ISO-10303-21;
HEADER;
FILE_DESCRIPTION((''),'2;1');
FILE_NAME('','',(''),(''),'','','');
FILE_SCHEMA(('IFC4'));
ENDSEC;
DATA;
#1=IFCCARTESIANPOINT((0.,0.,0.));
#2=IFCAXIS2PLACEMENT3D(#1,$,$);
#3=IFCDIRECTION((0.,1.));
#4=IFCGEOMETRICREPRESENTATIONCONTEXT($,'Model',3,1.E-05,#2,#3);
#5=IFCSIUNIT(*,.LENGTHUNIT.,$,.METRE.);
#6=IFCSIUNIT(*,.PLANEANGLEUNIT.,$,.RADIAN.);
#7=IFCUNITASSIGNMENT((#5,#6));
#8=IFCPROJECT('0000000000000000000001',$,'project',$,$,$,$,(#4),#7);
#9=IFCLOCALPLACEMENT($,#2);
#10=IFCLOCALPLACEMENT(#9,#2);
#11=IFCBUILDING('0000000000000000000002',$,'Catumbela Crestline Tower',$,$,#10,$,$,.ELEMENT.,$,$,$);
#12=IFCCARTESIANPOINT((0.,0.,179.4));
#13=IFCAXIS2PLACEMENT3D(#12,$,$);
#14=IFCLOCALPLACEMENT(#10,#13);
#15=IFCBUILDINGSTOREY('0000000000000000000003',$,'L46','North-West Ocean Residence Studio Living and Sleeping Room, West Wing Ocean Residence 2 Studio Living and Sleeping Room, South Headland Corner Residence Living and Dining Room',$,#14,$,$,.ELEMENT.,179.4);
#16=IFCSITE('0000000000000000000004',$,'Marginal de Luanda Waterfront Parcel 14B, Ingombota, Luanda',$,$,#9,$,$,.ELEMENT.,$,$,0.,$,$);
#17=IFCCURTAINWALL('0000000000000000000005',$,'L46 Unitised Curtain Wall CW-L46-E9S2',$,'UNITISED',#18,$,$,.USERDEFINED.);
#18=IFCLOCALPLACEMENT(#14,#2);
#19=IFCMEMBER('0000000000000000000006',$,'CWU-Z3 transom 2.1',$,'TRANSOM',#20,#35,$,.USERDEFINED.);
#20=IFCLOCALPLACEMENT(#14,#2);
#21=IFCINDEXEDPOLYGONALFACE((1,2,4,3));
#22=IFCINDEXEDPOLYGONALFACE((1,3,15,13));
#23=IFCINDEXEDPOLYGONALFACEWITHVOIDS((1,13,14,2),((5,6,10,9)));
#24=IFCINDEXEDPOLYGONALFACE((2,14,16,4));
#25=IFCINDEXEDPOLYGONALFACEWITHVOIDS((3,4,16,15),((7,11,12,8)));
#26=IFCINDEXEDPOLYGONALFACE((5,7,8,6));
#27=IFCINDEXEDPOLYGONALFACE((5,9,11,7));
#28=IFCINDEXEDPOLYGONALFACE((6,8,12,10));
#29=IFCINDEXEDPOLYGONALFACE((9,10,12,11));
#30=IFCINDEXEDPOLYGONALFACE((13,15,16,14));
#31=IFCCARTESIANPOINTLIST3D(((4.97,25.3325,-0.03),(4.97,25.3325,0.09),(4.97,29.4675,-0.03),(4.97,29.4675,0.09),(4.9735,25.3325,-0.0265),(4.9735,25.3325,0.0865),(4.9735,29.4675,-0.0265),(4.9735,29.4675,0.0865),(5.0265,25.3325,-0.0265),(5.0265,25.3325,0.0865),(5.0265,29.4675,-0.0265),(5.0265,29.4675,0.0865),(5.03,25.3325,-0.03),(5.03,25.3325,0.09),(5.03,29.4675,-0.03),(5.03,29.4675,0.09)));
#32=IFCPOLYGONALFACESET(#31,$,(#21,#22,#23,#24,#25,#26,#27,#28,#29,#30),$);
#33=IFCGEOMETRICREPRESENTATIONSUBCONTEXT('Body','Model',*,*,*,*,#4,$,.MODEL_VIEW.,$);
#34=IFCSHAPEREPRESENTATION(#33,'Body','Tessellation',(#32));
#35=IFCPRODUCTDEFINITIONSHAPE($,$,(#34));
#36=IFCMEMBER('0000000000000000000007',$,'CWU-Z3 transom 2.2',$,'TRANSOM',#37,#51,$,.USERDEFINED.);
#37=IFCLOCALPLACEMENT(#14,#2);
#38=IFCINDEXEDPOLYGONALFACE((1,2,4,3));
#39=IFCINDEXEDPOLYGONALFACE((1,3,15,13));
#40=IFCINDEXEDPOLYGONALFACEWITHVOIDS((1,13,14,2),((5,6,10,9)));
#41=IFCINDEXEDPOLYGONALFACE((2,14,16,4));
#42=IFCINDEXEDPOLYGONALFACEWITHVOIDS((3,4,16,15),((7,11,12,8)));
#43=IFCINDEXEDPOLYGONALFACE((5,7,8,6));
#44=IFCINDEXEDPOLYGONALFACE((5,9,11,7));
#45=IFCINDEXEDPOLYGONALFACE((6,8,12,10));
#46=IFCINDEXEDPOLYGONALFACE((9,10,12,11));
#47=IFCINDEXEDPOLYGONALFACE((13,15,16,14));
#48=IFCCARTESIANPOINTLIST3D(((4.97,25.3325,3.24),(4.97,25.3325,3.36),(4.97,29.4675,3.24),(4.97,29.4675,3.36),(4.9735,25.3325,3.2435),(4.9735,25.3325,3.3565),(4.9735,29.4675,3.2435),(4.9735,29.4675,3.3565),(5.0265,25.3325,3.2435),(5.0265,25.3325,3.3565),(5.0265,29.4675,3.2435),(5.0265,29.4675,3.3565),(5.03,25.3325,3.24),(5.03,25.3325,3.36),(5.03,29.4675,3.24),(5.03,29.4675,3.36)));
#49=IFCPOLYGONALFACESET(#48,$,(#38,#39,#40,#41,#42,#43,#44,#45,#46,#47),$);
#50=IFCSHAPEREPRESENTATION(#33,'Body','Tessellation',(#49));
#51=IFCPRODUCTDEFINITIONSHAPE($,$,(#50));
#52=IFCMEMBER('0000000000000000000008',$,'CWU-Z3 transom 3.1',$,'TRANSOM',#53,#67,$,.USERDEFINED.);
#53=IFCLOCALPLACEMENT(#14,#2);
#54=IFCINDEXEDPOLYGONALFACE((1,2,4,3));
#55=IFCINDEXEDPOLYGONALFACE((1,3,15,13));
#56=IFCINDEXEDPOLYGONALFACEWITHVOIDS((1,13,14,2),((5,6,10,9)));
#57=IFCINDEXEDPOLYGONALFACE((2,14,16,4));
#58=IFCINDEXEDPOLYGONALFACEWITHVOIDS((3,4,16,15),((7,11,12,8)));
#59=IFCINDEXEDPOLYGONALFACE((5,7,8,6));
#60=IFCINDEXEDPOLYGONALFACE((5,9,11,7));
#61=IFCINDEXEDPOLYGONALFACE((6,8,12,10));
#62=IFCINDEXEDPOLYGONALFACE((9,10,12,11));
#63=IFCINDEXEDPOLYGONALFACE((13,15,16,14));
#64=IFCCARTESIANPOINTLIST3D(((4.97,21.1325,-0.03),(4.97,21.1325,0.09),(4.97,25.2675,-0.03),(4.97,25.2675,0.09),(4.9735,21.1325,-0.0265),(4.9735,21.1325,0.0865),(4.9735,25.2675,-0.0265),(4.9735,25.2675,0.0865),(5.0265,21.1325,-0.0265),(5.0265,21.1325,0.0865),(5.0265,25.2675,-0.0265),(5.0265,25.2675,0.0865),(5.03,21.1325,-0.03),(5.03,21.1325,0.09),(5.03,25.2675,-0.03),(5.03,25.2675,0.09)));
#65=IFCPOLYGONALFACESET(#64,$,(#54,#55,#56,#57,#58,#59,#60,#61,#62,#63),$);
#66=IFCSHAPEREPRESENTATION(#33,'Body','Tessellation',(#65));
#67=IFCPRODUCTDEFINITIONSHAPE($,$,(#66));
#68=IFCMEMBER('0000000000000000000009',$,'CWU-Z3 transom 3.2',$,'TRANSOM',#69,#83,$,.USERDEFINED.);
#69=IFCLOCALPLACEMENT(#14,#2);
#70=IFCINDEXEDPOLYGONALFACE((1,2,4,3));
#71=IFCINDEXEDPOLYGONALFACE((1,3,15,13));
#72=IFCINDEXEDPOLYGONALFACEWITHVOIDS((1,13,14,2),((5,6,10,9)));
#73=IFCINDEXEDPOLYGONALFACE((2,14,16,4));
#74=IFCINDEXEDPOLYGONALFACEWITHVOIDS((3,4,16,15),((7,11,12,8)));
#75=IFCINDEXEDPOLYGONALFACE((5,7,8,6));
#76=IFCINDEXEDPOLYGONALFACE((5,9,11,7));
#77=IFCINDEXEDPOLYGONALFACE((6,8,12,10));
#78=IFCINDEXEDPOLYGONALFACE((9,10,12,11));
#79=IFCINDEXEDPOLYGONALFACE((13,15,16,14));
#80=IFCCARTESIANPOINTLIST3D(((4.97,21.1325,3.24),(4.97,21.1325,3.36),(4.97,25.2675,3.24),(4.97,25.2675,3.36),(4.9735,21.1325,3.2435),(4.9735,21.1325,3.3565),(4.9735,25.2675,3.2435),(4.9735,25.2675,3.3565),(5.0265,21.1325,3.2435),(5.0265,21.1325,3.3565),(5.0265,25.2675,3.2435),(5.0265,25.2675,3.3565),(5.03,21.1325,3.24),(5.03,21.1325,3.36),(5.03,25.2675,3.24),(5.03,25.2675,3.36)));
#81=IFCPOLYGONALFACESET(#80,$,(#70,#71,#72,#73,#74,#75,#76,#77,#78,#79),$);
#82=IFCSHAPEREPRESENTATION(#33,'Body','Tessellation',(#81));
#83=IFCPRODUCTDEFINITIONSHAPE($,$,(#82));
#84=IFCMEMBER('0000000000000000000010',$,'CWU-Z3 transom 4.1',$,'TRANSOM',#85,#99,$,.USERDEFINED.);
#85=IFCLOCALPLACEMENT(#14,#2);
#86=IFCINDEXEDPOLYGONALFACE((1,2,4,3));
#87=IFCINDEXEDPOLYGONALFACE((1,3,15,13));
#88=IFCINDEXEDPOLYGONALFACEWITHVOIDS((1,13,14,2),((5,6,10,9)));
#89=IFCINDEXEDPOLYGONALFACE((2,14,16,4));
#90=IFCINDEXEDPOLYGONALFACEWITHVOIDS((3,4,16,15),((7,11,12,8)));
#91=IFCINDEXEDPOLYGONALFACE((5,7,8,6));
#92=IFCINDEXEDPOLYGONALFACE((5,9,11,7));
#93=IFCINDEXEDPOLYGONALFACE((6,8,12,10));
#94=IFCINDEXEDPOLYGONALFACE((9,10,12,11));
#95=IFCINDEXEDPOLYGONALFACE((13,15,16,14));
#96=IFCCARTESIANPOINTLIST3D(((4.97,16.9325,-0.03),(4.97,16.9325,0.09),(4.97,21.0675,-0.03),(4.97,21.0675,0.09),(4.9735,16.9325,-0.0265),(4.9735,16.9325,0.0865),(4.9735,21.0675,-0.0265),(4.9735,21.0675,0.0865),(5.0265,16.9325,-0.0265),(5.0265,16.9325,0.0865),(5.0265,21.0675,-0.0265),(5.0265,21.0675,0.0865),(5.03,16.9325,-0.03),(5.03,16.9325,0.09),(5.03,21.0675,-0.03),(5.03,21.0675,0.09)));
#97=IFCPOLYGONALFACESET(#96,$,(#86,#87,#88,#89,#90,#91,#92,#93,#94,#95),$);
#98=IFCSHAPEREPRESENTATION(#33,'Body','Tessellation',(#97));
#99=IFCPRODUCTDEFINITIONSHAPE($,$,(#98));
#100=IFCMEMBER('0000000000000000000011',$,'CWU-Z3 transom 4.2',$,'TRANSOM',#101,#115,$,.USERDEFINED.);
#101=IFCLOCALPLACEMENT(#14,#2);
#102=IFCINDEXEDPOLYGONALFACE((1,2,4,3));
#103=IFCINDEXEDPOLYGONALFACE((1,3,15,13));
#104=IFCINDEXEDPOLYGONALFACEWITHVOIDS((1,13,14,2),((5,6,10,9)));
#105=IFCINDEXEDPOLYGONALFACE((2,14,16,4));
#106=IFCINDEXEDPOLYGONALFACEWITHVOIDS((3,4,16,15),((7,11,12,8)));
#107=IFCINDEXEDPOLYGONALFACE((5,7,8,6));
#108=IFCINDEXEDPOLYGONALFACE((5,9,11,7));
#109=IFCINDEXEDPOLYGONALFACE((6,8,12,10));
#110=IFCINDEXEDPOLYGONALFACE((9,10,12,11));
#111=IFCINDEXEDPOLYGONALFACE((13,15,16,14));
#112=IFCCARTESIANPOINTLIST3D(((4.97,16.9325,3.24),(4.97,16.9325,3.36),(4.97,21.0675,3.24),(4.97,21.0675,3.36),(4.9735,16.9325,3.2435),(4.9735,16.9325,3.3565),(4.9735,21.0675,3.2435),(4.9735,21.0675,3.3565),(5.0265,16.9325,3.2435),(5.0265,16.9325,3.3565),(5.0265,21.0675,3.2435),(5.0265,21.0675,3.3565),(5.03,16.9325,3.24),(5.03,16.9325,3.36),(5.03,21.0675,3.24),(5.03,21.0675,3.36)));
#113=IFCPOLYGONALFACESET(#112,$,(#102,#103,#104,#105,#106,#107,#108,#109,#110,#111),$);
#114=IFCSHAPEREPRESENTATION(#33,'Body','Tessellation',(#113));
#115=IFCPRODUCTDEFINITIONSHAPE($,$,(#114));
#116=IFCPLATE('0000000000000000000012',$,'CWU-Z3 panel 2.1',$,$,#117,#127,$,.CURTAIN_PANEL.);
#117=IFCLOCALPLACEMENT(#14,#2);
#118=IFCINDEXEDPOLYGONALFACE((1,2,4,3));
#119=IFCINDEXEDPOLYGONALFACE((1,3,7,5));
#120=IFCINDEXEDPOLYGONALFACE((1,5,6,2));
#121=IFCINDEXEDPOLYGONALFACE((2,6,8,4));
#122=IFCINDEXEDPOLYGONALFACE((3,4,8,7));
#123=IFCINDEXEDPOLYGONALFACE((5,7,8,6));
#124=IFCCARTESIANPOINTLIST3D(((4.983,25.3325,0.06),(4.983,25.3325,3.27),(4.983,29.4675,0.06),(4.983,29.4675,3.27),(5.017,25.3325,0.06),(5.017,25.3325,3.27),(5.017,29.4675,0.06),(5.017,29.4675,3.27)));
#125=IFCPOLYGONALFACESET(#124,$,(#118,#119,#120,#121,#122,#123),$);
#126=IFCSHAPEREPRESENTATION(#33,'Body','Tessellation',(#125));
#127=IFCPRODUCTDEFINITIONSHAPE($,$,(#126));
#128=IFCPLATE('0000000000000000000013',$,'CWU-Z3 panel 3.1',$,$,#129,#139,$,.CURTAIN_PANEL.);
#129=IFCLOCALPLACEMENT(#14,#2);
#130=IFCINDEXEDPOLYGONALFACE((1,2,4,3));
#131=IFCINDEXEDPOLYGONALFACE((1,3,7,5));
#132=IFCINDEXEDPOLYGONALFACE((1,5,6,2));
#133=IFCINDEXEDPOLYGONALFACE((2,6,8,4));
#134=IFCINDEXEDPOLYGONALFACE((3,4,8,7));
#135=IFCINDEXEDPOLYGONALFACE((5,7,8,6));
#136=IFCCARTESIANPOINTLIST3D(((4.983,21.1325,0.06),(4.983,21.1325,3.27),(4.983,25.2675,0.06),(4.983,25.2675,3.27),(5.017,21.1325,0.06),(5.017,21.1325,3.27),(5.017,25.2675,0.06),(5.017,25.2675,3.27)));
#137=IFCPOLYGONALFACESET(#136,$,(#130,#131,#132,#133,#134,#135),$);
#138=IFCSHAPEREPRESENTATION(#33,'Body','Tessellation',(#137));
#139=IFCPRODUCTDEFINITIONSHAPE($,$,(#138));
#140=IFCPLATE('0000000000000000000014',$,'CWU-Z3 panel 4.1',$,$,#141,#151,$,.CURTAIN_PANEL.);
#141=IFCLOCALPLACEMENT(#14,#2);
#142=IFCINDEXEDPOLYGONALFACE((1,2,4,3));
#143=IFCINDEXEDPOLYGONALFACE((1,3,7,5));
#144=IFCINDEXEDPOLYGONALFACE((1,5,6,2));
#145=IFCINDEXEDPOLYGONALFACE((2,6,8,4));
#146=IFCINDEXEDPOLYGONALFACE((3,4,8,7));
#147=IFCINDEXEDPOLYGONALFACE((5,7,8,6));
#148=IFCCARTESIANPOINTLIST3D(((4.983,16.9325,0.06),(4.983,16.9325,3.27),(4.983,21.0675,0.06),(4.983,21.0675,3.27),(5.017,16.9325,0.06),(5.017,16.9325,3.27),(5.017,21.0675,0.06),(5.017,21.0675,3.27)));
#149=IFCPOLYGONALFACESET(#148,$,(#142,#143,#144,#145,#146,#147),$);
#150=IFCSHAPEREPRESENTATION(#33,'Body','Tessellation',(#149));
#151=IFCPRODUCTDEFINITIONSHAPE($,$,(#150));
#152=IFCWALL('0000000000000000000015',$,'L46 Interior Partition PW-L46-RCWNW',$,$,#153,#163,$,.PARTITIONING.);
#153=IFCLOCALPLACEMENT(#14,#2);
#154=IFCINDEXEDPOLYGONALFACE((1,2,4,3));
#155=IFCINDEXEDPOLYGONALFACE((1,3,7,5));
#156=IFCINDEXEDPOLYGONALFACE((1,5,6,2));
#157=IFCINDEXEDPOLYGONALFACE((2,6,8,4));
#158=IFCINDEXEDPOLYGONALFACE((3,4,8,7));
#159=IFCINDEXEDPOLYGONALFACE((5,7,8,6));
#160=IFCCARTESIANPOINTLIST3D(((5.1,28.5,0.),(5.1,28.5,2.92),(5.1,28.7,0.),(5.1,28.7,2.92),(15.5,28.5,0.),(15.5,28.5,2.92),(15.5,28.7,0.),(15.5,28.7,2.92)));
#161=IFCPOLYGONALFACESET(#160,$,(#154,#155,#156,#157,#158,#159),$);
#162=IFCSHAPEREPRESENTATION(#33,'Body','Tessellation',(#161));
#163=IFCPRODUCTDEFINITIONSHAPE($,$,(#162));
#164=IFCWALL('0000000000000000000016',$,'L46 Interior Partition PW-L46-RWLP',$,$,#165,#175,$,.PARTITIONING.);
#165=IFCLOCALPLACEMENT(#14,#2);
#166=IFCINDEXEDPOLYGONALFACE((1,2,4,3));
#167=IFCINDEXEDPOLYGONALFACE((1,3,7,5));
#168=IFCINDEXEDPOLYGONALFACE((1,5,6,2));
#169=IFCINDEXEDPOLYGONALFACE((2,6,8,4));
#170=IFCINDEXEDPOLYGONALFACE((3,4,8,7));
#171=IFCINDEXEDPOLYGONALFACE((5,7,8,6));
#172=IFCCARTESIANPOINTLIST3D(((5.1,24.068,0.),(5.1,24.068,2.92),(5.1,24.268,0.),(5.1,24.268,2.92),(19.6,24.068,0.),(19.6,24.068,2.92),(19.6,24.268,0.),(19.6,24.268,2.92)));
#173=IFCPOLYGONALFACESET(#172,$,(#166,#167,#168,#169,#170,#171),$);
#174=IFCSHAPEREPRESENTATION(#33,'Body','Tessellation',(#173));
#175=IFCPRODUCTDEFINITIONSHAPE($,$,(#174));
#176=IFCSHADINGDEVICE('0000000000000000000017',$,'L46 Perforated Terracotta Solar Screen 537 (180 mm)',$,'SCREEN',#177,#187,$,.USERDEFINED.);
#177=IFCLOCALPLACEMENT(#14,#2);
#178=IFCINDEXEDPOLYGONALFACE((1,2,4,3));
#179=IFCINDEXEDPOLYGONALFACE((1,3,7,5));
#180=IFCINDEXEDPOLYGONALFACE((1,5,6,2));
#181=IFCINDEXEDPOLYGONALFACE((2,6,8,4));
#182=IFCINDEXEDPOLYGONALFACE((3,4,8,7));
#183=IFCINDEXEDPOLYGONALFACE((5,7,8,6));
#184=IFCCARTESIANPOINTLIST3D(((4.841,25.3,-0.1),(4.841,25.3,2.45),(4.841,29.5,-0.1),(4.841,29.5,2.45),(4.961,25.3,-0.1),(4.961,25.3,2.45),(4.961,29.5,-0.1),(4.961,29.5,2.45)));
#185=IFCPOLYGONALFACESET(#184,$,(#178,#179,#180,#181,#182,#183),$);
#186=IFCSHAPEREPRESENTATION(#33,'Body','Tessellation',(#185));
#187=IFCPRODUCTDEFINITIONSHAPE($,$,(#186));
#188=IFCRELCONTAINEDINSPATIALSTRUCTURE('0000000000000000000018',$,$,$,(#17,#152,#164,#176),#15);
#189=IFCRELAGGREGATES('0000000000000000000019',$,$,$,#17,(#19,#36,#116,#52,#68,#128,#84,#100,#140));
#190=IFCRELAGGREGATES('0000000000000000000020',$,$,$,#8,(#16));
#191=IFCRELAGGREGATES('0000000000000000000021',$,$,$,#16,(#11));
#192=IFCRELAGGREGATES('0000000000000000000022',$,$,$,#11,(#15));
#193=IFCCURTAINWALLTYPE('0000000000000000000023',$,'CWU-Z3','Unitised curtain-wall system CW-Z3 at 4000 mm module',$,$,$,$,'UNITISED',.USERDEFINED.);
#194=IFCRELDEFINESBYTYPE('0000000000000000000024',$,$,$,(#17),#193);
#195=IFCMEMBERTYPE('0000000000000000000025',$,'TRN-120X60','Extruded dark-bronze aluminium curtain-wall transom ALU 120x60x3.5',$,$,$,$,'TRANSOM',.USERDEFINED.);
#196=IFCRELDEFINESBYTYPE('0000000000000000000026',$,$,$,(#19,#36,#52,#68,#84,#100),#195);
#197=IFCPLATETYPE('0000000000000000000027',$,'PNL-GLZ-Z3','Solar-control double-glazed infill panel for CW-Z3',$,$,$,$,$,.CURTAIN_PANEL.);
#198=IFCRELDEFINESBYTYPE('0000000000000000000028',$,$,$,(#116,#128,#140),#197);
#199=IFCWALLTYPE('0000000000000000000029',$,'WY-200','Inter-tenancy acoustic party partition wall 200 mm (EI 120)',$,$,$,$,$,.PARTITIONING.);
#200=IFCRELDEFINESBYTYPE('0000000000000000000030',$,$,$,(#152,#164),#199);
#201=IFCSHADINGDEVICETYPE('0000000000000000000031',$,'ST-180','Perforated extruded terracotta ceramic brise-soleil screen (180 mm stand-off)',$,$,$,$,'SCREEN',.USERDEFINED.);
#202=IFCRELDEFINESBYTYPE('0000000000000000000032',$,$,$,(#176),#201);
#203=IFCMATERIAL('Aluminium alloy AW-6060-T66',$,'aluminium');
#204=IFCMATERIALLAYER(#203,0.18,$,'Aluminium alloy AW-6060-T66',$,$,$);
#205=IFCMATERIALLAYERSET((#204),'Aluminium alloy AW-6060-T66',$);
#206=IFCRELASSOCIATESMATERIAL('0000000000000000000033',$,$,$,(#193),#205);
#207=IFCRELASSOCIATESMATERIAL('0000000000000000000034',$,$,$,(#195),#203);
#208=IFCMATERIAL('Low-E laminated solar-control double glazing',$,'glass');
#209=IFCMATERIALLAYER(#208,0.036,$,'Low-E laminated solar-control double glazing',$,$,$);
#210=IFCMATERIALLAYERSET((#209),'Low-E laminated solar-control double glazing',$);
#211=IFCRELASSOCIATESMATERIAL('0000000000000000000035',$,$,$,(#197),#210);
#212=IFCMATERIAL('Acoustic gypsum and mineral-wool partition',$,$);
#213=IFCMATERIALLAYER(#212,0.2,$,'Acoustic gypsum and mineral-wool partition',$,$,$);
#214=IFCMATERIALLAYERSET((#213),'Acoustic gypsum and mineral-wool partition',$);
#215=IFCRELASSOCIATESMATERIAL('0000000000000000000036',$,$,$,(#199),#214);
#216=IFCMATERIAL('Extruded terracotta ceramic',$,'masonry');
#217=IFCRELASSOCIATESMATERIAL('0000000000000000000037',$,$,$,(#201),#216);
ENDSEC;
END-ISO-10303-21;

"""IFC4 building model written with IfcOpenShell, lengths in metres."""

from ifc_helpers import new_model, si_unit, direction, frame, frame_2d, origin, origin_2d, place, context, subcontext, project, spatial, rectangle, hollow_rectangle, extrude, material, layer, layer_set, material_profile, profile_set, type_object, element, aggregate, save


model = new_model("IFC4")

# Units and contexts
model_context = context("Model", 3, precision=1e-05, world=origin(), true_north=direction((0.0, 1.0)))
body_context = subcontext(model_context, "Body", "Model", "MODEL_VIEW")
ifc_project = project(units=[si_unit("LENGTHUNIT", "METRE"), si_unit("PLANEANGLEUNIT", "RADIAN")], contexts=[model_context])

# Site, building, storey
site_placement = place(None, origin())
site = spatial("IfcSite", under=ifc_project, at=site_placement, Name="Marginal de Luanda Waterfront Parcel 14B, Ingombota, Luanda", CompositionType="ELEMENT", RefElevation=0.0)
building_placement = place(site_placement, origin())
building = spatial("IfcBuilding", under=site, at=building_placement, Name="Catumbela Crestline Tower", CompositionType="ELEMENT")
storey_placement = place(building_placement, frame((0.0, 0.0, 179.4)))
storey = spatial("IfcBuildingStorey", under=building, at=storey_placement, Name="L46", Description="North-West Ocean Residence Studio Living and Sleeping Room, West Wing Ocean Residence 2 Studio Living and Sleeping Room, South Headland Corner Residence Living and Dining Room", CompositionType="ELEMENT", Elevation=179.4)

# Curtain wall
ifc_material_1 = material(Name="Aluminium alloy AW-6060-T66", Category="aluminium")
ifc_layer_1 = layer(ifc_material_1, 0.18, Name="Aluminium alloy AW-6060-T66")
ifc_layer_set_1 = layer_set([ifc_layer_1], Name="Aluminium alloy AW-6060-T66")
curtain_wall_type = type_object("IfcCurtainWallType", Name="CWU-Z3", Description="Unitised curtain-wall system CW-Z3 at 4000 mm module", ElementType="UNITISED", PredefinedType="USERDEFINED", material=ifc_layer_set_1)
curtain_wall_placement = place(storey_placement, origin())
curtain_wall = element("IfcCurtainWall", 1, at=curtain_wall_placement, inside=storey, type_object=curtain_wall_type, Name="L46 Unitised Curtain Wall CW-L46-E9S2", ObjectType="UNITISED", PredefinedType="USERDEFINED")

# Members
ifc_material_profile_1 = material_profile(ifc_material_1, hollow_rectangle(XDim=0.06, YDim=0.12, WallThickness=0.0035, at=origin_2d()), Name="ALU 120x60x3.5")
ifc_profile_set_1 = profile_set([ifc_material_profile_1], Name="Aluminium alloy AW-6060-T66")
member_type_1 = type_object("IfcMemberType", Name="TRN-120X60", Description="Extruded dark-bronze aluminium curtain-wall transom ALU 120x60x3.5", ElementType="TRANSOM", PredefinedType="USERDEFINED", material=ifc_profile_set_1)
member_1_placement = place(storey_placement, frame((5.0, 29.4675, 0.03), z_axis=(0.0, -1.0, 0.0), x_axis=(1.0, 0.0, 0.0)))
member_1 = element("IfcMember", 2, at=member_1_placement, type_object=member_type_1, Name="CWU-Z3 transom 2.1", ObjectType="TRANSOM", PredefinedType="USERDEFINED", context=body_context, shape_type="SweptSolid", body=[
    extrude(hollow_rectangle(XDim=0.06, YDim=0.12, WallThickness=0.0035, at=origin_2d()), origin(), (0.0, 0.0, 1.0), 4.135),
])
member_2_placement = place(storey_placement, frame((5.0, 29.4675, 3.3), z_axis=(0.0, -1.0, 0.0), x_axis=(1.0, 0.0, 0.0)))
member_2 = element("IfcMember", 3, at=member_2_placement, type_object=member_type_1, Name="CWU-Z3 transom 2.2", ObjectType="TRANSOM", PredefinedType="USERDEFINED", context=body_context, shape_type="SweptSolid", body=[
    extrude(hollow_rectangle(XDim=0.06, YDim=0.12, WallThickness=0.0035, at=origin_2d()), origin(), (0.0, 0.0, 1.0), 4.135),
])
member_3_placement = place(storey_placement, frame((5.0, 25.2675, 0.03), z_axis=(0.0, -1.0, 0.0), x_axis=(1.0, 0.0, 0.0)))
member_3 = element("IfcMember", 4, at=member_3_placement, type_object=member_type_1, Name="CWU-Z3 transom 3.1", ObjectType="TRANSOM", PredefinedType="USERDEFINED", context=body_context, shape_type="SweptSolid", body=[
    extrude(hollow_rectangle(XDim=0.06, YDim=0.12, WallThickness=0.0035, at=origin_2d()), origin(), (0.0, 0.0, 1.0), 4.135),
])
member_4_placement = place(storey_placement, frame((5.0, 25.2675, 3.3), z_axis=(0.0, -1.0, 0.0), x_axis=(1.0, 0.0, 0.0)))
member_4 = element("IfcMember", 5, at=member_4_placement, type_object=member_type_1, Name="CWU-Z3 transom 3.2", ObjectType="TRANSOM", PredefinedType="USERDEFINED", context=body_context, shape_type="SweptSolid", body=[
    extrude(hollow_rectangle(XDim=0.06, YDim=0.12, WallThickness=0.0035, at=origin_2d()), origin(), (0.0, 0.0, 1.0), 4.135),
])
member_5_placement = place(storey_placement, frame((5.0, 21.0675, 0.03), z_axis=(0.0, -1.0, 0.0), x_axis=(1.0, 0.0, 0.0)))
member_5 = element("IfcMember", 6, at=member_5_placement, type_object=member_type_1, Name="CWU-Z3 transom 4.1", ObjectType="TRANSOM", PredefinedType="USERDEFINED", context=body_context, shape_type="SweptSolid", body=[
    extrude(hollow_rectangle(XDim=0.06, YDim=0.12, WallThickness=0.0035, at=origin_2d()), origin(), (0.0, 0.0, 1.0), 4.135),
])
member_6_placement = place(storey_placement, frame((5.0, 21.0675, 3.3), z_axis=(0.0, -1.0, 0.0), x_axis=(1.0, 0.0, 0.0)))
member_6 = element("IfcMember", 7, at=member_6_placement, type_object=member_type_1, Name="CWU-Z3 transom 4.2", ObjectType="TRANSOM", PredefinedType="USERDEFINED", context=body_context, shape_type="SweptSolid", body=[
    extrude(hollow_rectangle(XDim=0.06, YDim=0.12, WallThickness=0.0035, at=origin_2d()), origin(), (0.0, 0.0, 1.0), 4.135),
])

# Plates
ifc_material_2 = material(Name="Low-E laminated solar-control double glazing", Category="glass")
ifc_layer_2 = layer(ifc_material_2, 0.036, Name="Low-E laminated solar-control double glazing")
ifc_layer_set_2 = layer_set([ifc_layer_2], Name="Low-E laminated solar-control double glazing")
plate_type = type_object("IfcPlateType", Name="PNL-GLZ-Z3", Description="Solar-control double-glazed infill panel for CW-Z3", PredefinedType="CURTAIN_PANEL", material=ifc_layer_set_2)
plate_1_placement = place(storey_placement, frame((5.0, 27.4, 0.06), z_axis=(0.0, 0.0, 1.0), x_axis=(0.0, -1.0, 0.0)))
plate_1 = element("IfcPlate", 8, at=plate_1_placement, type_object=plate_type, Name="CWU-Z3 panel 2.1", PredefinedType="CURTAIN_PANEL", context=body_context, shape_type="SweptSolid", body=[
    extrude(rectangle(XDim=4.135, YDim=0.034, at=origin_2d()), origin(), (0.0, 0.0, 1.0), 3.21),
])
plate_2_placement = place(storey_placement, frame((5.0, 23.2, 0.06), z_axis=(0.0, 0.0, 1.0), x_axis=(0.0, -1.0, 0.0)))
plate_2 = element("IfcPlate", 9, at=plate_2_placement, type_object=plate_type, Name="CWU-Z3 panel 3.1", PredefinedType="CURTAIN_PANEL", context=body_context, shape_type="SweptSolid", body=[
    extrude(rectangle(XDim=4.135, YDim=0.034, at=origin_2d()), origin(), (0.0, 0.0, 1.0), 3.21),
])
plate_3_placement = place(storey_placement, frame((5.0, 19.0, 0.06), z_axis=(0.0, 0.0, 1.0), x_axis=(0.0, -1.0, 0.0)))
plate_3 = element("IfcPlate", 10, at=plate_3_placement, type_object=plate_type, Name="CWU-Z3 panel 4.1", PredefinedType="CURTAIN_PANEL", context=body_context, shape_type="SweptSolid", body=[
    extrude(rectangle(XDim=4.135, YDim=0.034, at=origin_2d()), origin(), (0.0, 0.0, 1.0), 3.21),
])
aggregate(curtain_wall, [member_1, member_2, plate_1, member_3, member_4, plate_2, member_5, member_6, plate_3])

# Walls
ifc_material_3 = material(Name="Acoustic gypsum and mineral-wool partition")
ifc_layer_3 = layer(ifc_material_3, 0.2, Name="Acoustic gypsum and mineral-wool partition")
ifc_layer_set_3 = layer_set([ifc_layer_3], Name="Acoustic gypsum and mineral-wool partition")
wall_type = type_object("IfcWallType", Name="WY-200", Description="Inter-tenancy acoustic party partition wall 200 mm (EI 120)", PredefinedType="PARTITIONING", material=ifc_layer_set_3)
wall_1_placement = place(storey_placement, frame((5.1, 28.6, 0.0), z_axis=(0.0, 0.0, 1.0), x_axis=(1.0, 0.0, 0.0)))
element("IfcWall", 11, at=wall_1_placement, inside=storey, type_object=wall_type, Name="L46 Interior Partition PW-L46-RCWNW", PredefinedType="PARTITIONING", context=body_context, shape_type="SweptSolid", body=[
    extrude(rectangle(XDim=10.4, YDim=0.2, at=frame_2d((5.2, 0.0))), origin(), (0.0, 0.0, 1.0), 2.92),
])
wall_2_placement = place(storey_placement, frame((5.1, 24.168, 0.0), z_axis=(0.0, 0.0, 1.0), x_axis=(1.0, 0.0, 0.0)))
element("IfcWall", 12, at=wall_2_placement, inside=storey, type_object=wall_type, Name="L46 Interior Partition PW-L46-RWLP", PredefinedType="PARTITIONING", context=body_context, shape_type="SweptSolid", body=[
    extrude(rectangle(XDim=14.5, YDim=0.2, at=frame_2d((7.25, 0.0))), origin(), (0.0, 0.0, 1.0), 2.92),
])

# Shading device
ifc_material_4 = material(Name="Extruded terracotta ceramic", Category="masonry")
shading_device_type = type_object("IfcShadingDeviceType", Name="ST-180", Description="Perforated extruded terracotta ceramic brise-soleil screen (180 mm stand-off)", ElementType="SCREEN", PredefinedType="USERDEFINED", material=ifc_material_4)
shading_device_placement = place(storey_placement, frame((4.901, 27.4, -0.1), z_axis=(0.0, 0.0, 1.0), x_axis=(0.0, -1.0, 0.0)))
element("IfcShadingDevice", 13, at=shading_device_placement, inside=storey, type_object=shading_device_type, Name="L46 Perforated Terracotta Solar Screen 537 (180 mm)", ObjectType="SCREEN", PredefinedType="USERDEFINED", context=body_context, shape_type="SweptSolid", body=[
    extrude(rectangle(XDim=4.2, YDim=0.12, at=origin_2d()), origin(), (0.0, 0.0, 1.0), 2.55),
])

save(model, "model.ifc")
